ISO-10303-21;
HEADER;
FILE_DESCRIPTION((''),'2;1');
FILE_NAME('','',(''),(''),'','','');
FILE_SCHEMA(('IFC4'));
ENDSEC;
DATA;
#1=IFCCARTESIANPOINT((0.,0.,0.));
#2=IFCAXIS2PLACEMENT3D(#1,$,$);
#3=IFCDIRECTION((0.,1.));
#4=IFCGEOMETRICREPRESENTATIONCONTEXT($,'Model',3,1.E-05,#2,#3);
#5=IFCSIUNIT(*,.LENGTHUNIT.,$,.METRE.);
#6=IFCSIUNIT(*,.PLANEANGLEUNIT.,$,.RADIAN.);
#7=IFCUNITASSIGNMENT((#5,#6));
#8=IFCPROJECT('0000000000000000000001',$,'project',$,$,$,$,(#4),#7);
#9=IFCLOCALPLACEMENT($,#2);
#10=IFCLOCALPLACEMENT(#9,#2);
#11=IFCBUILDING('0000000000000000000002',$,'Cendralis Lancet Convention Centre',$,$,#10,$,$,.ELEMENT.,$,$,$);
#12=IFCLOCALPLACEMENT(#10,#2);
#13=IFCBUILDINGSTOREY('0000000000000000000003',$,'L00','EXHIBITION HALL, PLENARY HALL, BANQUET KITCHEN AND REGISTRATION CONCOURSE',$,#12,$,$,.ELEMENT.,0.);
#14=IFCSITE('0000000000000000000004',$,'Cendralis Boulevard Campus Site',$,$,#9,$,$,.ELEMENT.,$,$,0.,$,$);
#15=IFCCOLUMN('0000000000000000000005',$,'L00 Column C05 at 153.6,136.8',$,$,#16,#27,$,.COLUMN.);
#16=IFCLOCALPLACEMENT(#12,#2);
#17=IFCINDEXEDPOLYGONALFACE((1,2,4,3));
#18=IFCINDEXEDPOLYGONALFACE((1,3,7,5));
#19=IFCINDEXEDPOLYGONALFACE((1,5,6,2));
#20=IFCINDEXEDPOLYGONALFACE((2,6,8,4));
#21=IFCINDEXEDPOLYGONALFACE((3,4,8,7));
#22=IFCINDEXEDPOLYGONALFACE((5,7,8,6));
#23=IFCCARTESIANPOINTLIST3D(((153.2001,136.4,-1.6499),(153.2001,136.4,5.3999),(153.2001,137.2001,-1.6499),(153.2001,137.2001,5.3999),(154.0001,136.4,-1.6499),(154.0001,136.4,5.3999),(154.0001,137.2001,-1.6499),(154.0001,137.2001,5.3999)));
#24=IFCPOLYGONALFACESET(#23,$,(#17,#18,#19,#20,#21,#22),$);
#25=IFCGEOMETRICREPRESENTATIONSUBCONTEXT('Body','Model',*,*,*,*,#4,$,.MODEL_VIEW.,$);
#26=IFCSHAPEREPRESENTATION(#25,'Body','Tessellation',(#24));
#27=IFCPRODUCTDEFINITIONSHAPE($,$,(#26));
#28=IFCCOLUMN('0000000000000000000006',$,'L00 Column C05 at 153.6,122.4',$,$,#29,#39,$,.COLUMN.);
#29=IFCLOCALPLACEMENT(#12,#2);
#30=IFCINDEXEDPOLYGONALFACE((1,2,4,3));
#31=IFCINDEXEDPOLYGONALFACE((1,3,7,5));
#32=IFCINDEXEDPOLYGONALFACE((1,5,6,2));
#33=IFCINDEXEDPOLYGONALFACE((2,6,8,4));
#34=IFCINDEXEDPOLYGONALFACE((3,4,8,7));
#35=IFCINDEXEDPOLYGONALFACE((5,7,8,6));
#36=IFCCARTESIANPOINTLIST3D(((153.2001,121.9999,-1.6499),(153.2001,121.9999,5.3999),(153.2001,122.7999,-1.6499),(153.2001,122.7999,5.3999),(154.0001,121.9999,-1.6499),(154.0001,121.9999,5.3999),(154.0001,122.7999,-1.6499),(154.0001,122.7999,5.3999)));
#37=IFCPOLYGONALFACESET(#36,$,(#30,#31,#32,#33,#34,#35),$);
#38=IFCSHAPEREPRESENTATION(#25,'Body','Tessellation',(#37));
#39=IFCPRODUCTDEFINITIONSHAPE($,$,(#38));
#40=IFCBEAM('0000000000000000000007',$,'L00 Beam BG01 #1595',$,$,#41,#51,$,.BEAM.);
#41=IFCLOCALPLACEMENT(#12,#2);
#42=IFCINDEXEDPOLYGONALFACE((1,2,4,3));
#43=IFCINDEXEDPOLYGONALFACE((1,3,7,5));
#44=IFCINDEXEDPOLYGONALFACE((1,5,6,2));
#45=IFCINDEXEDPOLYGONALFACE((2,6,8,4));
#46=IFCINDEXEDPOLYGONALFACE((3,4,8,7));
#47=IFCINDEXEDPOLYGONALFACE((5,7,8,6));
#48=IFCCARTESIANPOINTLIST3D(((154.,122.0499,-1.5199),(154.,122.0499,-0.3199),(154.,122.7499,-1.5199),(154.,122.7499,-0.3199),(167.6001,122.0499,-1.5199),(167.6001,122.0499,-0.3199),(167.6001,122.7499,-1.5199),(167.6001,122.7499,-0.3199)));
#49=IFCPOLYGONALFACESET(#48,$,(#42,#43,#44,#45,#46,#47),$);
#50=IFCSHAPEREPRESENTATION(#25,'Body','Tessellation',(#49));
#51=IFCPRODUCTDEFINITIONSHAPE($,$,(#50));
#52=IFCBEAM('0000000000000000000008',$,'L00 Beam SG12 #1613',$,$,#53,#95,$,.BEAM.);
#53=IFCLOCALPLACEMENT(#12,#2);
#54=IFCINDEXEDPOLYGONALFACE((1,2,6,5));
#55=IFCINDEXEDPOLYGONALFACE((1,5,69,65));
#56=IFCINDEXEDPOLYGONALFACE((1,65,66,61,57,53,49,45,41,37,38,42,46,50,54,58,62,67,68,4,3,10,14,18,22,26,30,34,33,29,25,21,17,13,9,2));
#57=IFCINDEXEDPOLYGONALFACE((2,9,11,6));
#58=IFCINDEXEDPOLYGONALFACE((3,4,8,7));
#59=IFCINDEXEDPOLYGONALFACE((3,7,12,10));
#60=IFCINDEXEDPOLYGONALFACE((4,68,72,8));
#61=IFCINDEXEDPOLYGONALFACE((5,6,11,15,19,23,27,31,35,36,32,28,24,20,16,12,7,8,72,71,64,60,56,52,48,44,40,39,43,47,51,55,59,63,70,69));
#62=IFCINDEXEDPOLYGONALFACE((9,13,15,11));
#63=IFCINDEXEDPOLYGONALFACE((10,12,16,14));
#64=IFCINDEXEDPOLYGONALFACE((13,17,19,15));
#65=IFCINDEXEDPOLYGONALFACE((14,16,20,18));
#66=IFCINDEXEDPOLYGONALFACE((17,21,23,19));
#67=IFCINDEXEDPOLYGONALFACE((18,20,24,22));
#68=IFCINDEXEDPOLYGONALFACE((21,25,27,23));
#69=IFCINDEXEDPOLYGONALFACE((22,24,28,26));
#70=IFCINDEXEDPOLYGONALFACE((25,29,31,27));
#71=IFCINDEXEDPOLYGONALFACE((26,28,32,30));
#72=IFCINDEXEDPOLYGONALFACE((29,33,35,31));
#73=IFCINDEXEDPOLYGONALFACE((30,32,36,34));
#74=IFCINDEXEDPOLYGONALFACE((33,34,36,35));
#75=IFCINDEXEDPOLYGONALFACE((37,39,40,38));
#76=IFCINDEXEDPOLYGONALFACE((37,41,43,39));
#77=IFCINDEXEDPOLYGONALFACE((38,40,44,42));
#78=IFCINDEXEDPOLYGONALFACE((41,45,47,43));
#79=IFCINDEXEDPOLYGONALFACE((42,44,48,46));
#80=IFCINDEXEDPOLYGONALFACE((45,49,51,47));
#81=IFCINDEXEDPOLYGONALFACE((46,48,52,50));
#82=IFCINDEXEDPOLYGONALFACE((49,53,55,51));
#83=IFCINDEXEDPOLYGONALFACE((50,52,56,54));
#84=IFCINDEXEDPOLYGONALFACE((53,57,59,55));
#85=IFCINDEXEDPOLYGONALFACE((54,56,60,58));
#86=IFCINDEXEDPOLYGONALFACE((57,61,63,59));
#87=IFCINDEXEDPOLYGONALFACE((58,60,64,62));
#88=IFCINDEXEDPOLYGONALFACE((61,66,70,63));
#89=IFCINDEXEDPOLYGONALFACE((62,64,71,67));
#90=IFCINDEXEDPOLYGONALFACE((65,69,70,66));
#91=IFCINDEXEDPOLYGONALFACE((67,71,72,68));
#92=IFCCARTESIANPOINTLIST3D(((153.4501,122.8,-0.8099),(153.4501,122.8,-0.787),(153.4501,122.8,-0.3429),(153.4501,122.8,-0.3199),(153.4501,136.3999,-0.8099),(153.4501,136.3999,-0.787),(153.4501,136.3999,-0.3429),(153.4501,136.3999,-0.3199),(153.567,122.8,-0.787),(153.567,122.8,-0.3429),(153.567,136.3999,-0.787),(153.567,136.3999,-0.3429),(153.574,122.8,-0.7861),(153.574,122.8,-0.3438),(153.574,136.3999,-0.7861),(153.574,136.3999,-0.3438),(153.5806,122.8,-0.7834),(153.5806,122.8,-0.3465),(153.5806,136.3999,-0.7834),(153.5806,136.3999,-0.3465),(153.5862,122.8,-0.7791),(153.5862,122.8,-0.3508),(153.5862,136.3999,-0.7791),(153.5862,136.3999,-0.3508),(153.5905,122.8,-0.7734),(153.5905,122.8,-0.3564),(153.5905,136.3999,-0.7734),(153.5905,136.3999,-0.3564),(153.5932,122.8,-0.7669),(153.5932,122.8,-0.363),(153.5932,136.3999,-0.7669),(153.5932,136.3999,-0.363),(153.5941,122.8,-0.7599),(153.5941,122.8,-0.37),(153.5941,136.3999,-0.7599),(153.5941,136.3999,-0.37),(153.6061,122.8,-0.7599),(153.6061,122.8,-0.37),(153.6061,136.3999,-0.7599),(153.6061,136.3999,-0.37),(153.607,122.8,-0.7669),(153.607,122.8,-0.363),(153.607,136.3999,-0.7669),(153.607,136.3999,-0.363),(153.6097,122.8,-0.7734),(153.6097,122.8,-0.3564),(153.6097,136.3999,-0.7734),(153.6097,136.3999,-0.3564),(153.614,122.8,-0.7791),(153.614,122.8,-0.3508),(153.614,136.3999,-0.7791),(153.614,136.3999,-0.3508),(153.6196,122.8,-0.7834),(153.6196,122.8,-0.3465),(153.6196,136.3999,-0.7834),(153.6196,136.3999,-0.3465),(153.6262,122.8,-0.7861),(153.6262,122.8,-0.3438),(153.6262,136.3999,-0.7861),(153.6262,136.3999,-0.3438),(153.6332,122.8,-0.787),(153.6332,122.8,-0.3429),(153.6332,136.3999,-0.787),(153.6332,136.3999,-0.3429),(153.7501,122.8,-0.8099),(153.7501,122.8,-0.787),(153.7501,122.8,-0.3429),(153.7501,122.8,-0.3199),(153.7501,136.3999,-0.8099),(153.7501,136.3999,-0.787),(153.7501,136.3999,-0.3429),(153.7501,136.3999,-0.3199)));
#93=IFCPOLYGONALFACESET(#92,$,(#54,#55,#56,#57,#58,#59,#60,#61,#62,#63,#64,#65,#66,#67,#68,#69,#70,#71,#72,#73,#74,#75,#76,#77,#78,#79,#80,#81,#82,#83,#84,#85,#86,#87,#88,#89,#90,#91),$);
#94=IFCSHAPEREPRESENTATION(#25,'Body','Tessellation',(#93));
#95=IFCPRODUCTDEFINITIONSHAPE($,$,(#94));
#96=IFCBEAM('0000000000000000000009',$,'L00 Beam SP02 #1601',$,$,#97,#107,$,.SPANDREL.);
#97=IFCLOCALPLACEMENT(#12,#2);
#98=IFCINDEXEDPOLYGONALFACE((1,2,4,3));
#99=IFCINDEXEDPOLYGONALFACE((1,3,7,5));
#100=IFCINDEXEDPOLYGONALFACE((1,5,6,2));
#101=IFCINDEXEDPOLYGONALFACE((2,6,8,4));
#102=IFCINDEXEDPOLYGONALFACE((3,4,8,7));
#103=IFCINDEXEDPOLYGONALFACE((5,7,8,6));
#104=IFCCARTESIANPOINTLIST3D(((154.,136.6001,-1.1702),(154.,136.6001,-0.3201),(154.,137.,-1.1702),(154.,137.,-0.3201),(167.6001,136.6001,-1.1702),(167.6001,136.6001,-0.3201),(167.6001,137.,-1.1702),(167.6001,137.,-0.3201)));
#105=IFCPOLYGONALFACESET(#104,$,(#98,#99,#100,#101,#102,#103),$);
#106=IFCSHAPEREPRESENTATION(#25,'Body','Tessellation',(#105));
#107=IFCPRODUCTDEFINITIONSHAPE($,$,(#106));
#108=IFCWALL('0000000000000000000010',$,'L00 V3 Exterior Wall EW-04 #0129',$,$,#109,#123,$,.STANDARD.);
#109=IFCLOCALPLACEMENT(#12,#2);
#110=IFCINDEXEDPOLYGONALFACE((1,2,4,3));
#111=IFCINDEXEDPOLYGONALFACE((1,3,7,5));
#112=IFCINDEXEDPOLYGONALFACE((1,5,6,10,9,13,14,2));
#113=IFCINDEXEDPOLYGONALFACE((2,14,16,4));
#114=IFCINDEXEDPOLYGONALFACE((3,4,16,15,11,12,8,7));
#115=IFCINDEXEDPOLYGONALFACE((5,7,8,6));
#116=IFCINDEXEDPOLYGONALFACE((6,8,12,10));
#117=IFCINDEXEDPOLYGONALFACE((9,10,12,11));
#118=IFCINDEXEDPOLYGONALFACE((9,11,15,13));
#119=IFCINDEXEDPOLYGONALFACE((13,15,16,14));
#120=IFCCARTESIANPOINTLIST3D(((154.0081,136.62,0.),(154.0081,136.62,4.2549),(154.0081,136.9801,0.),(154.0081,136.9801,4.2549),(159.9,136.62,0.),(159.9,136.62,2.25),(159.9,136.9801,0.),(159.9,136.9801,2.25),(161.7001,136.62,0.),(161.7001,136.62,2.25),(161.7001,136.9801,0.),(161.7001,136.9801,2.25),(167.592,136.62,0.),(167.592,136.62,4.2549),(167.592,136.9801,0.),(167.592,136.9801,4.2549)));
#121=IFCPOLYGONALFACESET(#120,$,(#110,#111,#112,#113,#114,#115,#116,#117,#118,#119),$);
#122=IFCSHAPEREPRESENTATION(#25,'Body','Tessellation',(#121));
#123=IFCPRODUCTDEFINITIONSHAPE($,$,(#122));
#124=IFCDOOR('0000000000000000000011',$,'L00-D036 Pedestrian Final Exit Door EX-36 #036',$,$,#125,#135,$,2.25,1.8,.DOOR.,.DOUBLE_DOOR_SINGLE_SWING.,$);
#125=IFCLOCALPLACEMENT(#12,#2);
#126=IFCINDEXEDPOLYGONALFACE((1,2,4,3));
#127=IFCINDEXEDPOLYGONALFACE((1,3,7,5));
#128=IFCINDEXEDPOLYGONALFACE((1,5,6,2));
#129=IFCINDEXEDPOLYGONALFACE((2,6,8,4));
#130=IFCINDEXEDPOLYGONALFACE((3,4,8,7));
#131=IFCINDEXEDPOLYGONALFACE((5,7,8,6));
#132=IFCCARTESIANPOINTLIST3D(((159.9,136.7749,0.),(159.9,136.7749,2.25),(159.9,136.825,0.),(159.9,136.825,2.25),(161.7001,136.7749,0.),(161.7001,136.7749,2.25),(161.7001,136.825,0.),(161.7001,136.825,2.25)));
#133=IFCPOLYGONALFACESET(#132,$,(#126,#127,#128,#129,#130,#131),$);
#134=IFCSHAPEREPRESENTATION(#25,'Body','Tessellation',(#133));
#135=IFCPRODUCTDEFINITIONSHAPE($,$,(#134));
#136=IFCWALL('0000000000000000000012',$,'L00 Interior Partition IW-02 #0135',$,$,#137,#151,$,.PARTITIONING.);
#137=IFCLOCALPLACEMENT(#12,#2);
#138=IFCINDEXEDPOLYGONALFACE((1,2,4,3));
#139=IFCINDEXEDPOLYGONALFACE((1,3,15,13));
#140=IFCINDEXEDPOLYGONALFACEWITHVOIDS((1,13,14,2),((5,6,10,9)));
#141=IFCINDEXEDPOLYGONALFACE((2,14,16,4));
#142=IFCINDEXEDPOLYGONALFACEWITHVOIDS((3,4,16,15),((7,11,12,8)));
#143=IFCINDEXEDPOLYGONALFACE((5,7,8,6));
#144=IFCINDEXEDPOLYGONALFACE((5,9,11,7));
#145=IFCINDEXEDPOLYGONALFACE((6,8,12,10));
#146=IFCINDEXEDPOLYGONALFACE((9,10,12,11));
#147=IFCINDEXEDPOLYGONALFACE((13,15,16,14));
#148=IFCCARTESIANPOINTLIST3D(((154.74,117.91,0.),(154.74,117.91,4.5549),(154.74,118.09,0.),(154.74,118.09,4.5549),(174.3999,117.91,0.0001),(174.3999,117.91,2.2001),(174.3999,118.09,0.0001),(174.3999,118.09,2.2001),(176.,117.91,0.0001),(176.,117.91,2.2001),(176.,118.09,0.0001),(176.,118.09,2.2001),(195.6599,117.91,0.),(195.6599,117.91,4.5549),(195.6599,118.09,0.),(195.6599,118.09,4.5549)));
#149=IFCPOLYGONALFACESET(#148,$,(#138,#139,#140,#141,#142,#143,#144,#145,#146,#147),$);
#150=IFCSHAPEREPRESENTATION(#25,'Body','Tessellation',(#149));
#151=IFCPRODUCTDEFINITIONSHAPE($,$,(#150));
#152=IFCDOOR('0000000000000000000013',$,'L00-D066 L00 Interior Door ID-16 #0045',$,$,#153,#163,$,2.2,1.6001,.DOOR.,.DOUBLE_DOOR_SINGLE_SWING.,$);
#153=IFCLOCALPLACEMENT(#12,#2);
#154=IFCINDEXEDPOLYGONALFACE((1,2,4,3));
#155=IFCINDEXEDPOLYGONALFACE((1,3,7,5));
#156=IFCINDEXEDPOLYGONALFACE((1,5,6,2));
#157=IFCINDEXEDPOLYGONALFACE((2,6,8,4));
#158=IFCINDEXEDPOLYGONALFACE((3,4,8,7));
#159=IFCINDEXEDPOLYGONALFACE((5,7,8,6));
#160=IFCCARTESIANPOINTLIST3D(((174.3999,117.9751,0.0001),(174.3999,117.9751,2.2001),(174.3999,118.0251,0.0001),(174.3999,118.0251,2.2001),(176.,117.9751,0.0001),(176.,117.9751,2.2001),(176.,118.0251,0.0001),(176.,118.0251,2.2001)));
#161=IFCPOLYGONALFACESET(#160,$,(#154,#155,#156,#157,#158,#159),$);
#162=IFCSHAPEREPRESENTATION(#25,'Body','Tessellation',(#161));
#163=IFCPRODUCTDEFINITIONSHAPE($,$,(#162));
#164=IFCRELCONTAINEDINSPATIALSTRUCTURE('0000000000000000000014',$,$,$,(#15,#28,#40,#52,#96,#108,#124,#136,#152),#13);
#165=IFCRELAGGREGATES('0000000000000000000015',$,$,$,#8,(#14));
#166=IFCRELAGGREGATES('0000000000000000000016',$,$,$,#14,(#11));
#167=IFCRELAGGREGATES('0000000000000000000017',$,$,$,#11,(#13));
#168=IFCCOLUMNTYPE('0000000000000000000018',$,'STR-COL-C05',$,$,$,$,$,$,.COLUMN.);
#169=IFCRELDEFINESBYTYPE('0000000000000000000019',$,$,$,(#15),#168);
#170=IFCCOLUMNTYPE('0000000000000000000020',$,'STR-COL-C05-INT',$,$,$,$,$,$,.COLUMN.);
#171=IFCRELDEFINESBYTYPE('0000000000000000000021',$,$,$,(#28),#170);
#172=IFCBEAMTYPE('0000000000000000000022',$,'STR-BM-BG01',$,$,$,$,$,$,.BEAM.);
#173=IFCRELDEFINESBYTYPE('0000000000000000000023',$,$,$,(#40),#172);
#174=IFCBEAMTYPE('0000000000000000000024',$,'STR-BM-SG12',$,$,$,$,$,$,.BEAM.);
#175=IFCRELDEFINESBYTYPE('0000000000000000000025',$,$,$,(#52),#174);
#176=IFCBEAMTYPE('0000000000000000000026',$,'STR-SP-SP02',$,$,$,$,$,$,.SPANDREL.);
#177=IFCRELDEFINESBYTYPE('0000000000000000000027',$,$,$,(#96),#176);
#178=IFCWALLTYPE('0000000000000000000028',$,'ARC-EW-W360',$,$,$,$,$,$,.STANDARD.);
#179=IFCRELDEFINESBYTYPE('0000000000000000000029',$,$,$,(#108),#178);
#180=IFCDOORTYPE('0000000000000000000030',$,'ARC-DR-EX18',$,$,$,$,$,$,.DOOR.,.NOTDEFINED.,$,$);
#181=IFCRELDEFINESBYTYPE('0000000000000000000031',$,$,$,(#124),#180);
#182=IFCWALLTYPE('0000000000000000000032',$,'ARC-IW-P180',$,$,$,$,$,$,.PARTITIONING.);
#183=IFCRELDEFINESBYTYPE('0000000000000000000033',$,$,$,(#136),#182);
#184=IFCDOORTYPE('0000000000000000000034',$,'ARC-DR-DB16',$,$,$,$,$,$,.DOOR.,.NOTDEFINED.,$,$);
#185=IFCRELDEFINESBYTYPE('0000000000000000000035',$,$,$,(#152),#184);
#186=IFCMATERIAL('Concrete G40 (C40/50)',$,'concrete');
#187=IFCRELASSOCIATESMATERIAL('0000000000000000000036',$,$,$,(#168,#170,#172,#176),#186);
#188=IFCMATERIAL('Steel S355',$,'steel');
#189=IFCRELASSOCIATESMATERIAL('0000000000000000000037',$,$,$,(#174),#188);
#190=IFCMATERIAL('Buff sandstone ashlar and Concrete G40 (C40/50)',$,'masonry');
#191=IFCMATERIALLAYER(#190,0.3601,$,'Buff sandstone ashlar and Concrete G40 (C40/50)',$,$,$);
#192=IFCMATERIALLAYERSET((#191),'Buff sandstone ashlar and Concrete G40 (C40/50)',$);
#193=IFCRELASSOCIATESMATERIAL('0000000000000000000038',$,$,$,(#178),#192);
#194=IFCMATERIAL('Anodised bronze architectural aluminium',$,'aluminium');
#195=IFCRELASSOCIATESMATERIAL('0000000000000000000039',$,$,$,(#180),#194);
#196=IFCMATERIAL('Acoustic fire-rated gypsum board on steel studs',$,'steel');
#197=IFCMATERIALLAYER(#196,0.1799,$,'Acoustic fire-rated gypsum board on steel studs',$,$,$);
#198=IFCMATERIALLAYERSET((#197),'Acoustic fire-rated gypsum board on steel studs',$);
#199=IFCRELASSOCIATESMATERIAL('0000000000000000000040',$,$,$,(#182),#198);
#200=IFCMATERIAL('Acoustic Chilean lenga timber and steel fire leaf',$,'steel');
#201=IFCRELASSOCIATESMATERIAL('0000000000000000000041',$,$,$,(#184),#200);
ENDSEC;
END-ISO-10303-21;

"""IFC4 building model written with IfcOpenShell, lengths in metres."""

from ifc_helpers import new_model, si_unit, direction, frame, frame_2d, origin, origin_2d, place, context, subcontext, project, spatial, rectangle, i_section, extrude, material, layer, layer_set, material_profile, profile_set, type_object, element, fill, save


model = new_model("IFC4")

# Units and contexts
model_context = context("Model", 3, precision=1e-05, world=origin(), true_north=direction((0.0, 1.0)))
body_context = subcontext(model_context, "Body", "Model", "MODEL_VIEW")
ifc_project = project(units=[si_unit("LENGTHUNIT", "METRE"), si_unit("PLANEANGLEUNIT", "RADIAN")], contexts=[model_context])

# Site, building, storey
site_placement = place(None, origin())
site = spatial("IfcSite", under=ifc_project, at=site_placement, Name="Cendralis Boulevard Campus Site", CompositionType="ELEMENT", RefElevation=0.0)
building_placement = place(site_placement, origin())
building = spatial("IfcBuilding", under=site, at=building_placement, Name="Cendralis Lancet Convention Centre", CompositionType="ELEMENT")
storey_placement = place(building_placement, origin())
storey = spatial("IfcBuildingStorey", under=building, at=storey_placement, Name="L00", Description="EXHIBITION HALL, PLENARY HALL, BANQUET KITCHEN AND REGISTRATION CONCOURSE", CompositionType="ELEMENT", Elevation=0.0)

# Columns
ifc_material_1 = material(Name="Concrete G40 (C40/50)", Category="concrete")
ifc_material_profile_1 = material_profile(ifc_material_1, rectangle(XDim=0.8, YDim=0.8, at=origin_2d()), Name="RC 800x800")
ifc_profile_set_1 = profile_set([ifc_material_profile_1], Name="Concrete G40 (C40/50)")
column_type_1 = type_object("IfcColumnType", Name="STR-COL-C05", PredefinedType="COLUMN", material=ifc_profile_set_1)
column_1_placement = place(storey_placement, frame((153.6001, 136.8, -1.6499), z_axis=(0.0, 0.0, 1.0), x_axis=(1.0, 0.0, 0.0)))
element("IfcColumn", 1, at=column_1_placement, inside=storey, type_object=column_type_1, Name="L00 Column C05 at 153.6,136.8", PredefinedType="COLUMN", context=body_context, shape_type="SweptSolid", body=[
    extrude(rectangle(XDim=0.8, YDim=0.8, at=origin_2d()), origin(), (0.0, 0.0, 1.0), 7.0498),
])
ifc_material_profile_2 = material_profile(ifc_material_1, rectangle(XDim=0.8, YDim=0.8, at=origin_2d()), Name="RC 800x800")
ifc_profile_set_2 = profile_set([ifc_material_profile_2], Name="Concrete G40 (C40/50)")
column_type_2 = type_object("IfcColumnType", Name="STR-COL-C05-INT", PredefinedType="COLUMN", material=ifc_profile_set_2)
column_2_placement = place(storey_placement, frame((153.6001, 122.3999, -1.6499), z_axis=(0.0, 0.0, 1.0), x_axis=(1.0, 0.0, 0.0)))
element("IfcColumn", 2, at=column_2_placement, inside=storey, type_object=column_type_2, Name="L00 Column C05 at 153.6,122.4", PredefinedType="COLUMN", context=body_context, shape_type="SweptSolid", body=[
    extrude(rectangle(XDim=0.8, YDim=0.8, at=origin_2d()), origin(), (0.0, 0.0, 1.0), 7.0498),
])

# Beams
ifc_material_profile_3 = material_profile(ifc_material_1, rectangle(XDim=0.7, YDim=1.2, at=origin_2d()), Name="RCB 700x1200")
ifc_profile_set_3 = profile_set([ifc_material_profile_3], Name="Concrete G40 (C40/50)")
beam_type_1 = type_object("IfcBeamType", Name="STR-BM-BG01", PredefinedType="BEAM", material=ifc_profile_set_3)
beam_1_placement = place(storey_placement, frame((154.0, 122.3999, -0.9199), z_axis=(1.0, 0.0, 0.0), x_axis=(0.0, 1.0, 0.0)))
element("IfcBeam", 3, at=beam_1_placement, inside=storey, type_object=beam_type_1, Name="L00 Beam BG01 #1595", PredefinedType="BEAM", context=body_context, shape_type="SweptSolid", body=[
    extrude(rectangle(XDim=0.7, YDim=1.2, at=origin_2d()), origin(), (0.0, 0.0, 1.0), 13.6001),
])
ifc_material_2 = material(Name="Steel S355", Category="steel")
ifc_material_profile_4 = material_profile(ifc_material_2, i_section(OverallWidth=0.3, OverallDepth=0.49, WebThickness=0.012, FlangeThickness=0.0229, FilletRadius=0.0271, at=origin_2d()), Name="HEA 500")
ifc_profile_set_4 = profile_set([ifc_material_profile_4], Name="Steel S355")
beam_type_2 = type_object("IfcBeamType", Name="STR-BM-SG12", PredefinedType="BEAM", material=ifc_profile_set_4)
beam_2_placement = place(storey_placement, frame((153.6001, 122.8, -0.5649), z_axis=(0.0, 1.0, 0.0), x_axis=(-1.0, 0.0, 0.0)))
element("IfcBeam", 4, at=beam_2_placement, inside=storey, type_object=beam_type_2, Name="L00 Beam SG12 #1613", PredefinedType="BEAM", context=body_context, shape_type="SweptSolid", body=[
    extrude(i_section(OverallWidth=0.3, OverallDepth=0.49, WebThickness=0.012, FlangeThickness=0.0229, FilletRadius=0.0271, at=origin_2d()), origin(), (0.0, 0.0, 1.0), 13.5999),
])
ifc_material_profile_5 = material_profile(ifc_material_1, rectangle(XDim=0.3999, YDim=0.8501, at=origin_2d()), Name="RCB 400x850")
ifc_profile_set_5 = profile_set([ifc_material_profile_5], Name="Concrete G40 (C40/50)")
beam_type_3 = type_object("IfcBeamType", Name="STR-SP-SP02", PredefinedType="SPANDREL", material=ifc_profile_set_5)
beam_3_placement = place(storey_placement, frame((154.0, 136.8, -0.7451), z_axis=(1.0, 0.0, 0.0), x_axis=(0.0, 1.0, 0.0)))
element("IfcBeam", 5, at=beam_3_placement, inside=storey, type_object=beam_type_3, Name="L00 Beam SP02 #1601", PredefinedType="SPANDREL", context=body_context, shape_type="SweptSolid", body=[
    extrude(rectangle(XDim=0.3999, YDim=0.8501, at=origin_2d()), origin(), (0.0, 0.0, 1.0), 13.6001),
])

# Walls, openings, doors
ifc_material_3 = material(Name="Buff sandstone ashlar and Concrete G40 (C40/50)", Category="masonry")
ifc_layer_1 = layer(ifc_material_3, 0.3601, Name="Buff sandstone ashlar and Concrete G40 (C40/50)")
ifc_layer_set_1 = layer_set([ifc_layer_1], Name="Buff sandstone ashlar and Concrete G40 (C40/50)")
wall_type_1 = type_object("IfcWallType", Name="ARC-EW-W360", PredefinedType="STANDARD", material=ifc_layer_set_1)
wall_1_placement = place(storey_placement, frame((154.0081, 136.8, 0.0), z_axis=(0.0, 0.0, 1.0), x_axis=(1.0, 0.0, 0.0)))
wall_1 = element("IfcWall", 6, at=wall_1_placement, inside=storey, type_object=wall_type_1, Name="L00 V3 Exterior Wall EW-04 #0129", PredefinedType="STANDARD", context=body_context, shape_type="SweptSolid", body=[
    extrude(rectangle(XDim=13.584, YDim=0.3601, at=frame_2d((6.792, 0.0))), origin(), (0.0, 0.0, 1.0), 4.2549),
])
opening_1_placement = place(wall_1_placement, frame((5.8921, 0.0, 0.0)))
opening_1 = element("IfcOpeningElement", 7, at=opening_1_placement, cuts=wall_1, PredefinedType="OPENING", context=body_context, shape_type="SweptSolid", body=[
    extrude(rectangle(XDim=1.8, YDim=2.25, at=frame_2d((0.8999, 1.125))), frame((0.0, 0.1899, 0.0), z_axis=(0.0, -1.0, 0.0), x_axis=(1.0, 0.0, 0.0)), (0.0, 0.0, 1.0), 0.3801),
])
ifc_material_4 = material(Name="Anodised bronze architectural aluminium", Category="aluminium")
door_type_1 = type_object("IfcDoorType", Name="ARC-DR-EX18", OperationType="NOTDEFINED", PredefinedType="DOOR", material=ifc_material_4)
door_1_placement = place(opening_1_placement, origin())
door_1 = element("IfcDoor", 8, at=door_1_placement, inside=storey, type_object=door_type_1, Name="L00-D036 Pedestrian Final Exit Door EX-36 #036", OperationType="DOUBLE_DOOR_SINGLE_SWING", OverallHeight=2.25, OverallWidth=1.8, PredefinedType="DOOR", context=body_context, shape_type="SweptSolid", body=[
    extrude(rectangle(XDim=1.8, YDim=2.25, at=frame_2d((0.8999, 1.125))), frame((0.0, 0.0249, 0.0), z_axis=(0.0, -1.0, 0.0), x_axis=(1.0, 0.0, 0.0)), (0.0, 0.0, 1.0), 0.05),
])
fill(opening_1, door_1)
ifc_material_5 = material(Name="Acoustic fire-rated gypsum board on steel studs", Category="steel")
ifc_layer_2 = layer(ifc_material_5, 0.1799, Name="Acoustic fire-rated gypsum board on steel studs")
ifc_layer_set_2 = layer_set([ifc_layer_2], Name="Acoustic fire-rated gypsum board on steel studs")
wall_type_2 = type_object("IfcWallType", Name="ARC-IW-P180", PredefinedType="PARTITIONING", material=ifc_layer_set_2)
wall_2_placement = place(storey_placement, frame((154.74, 118.0, 0.0), z_axis=(0.0, 0.0, 1.0), x_axis=(1.0, 0.0, 0.0)))
wall_2 = element("IfcWall", 9, at=wall_2_placement, inside=storey, type_object=wall_type_2, Name="L00 Interior Partition IW-02 #0135", PredefinedType="PARTITIONING", context=body_context, shape_type="SweptSolid", body=[
    extrude(rectangle(XDim=40.9199, YDim=0.1799, at=frame_2d((20.46, 0.0))), origin(), (0.0, 0.0, 1.0), 4.5549),
])
opening_2_placement = place(wall_2_placement, frame((19.6599, 0.0, 0.0)))
opening_2 = element("IfcOpeningElement", 10, at=opening_2_placement, cuts=wall_2, PredefinedType="OPENING", context=body_context, shape_type="SweptSolid", body=[
    extrude(rectangle(XDim=1.6001, YDim=2.2, at=frame_2d((0.8, 1.1001))), frame((0.0, 0.0999, 0.0), z_axis=(0.0, -1.0, 0.0), x_axis=(1.0, 0.0, 0.0)), (0.0, 0.0, 1.0), 0.2),
])
ifc_material_6 = material(Name="Acoustic Chilean lenga timber and steel fire leaf", Category="steel")
door_type_2 = type_object("IfcDoorType", Name="ARC-DR-DB16", OperationType="NOTDEFINED", PredefinedType="DOOR", material=ifc_material_6)
door_2_placement = place(opening_2_placement, frame((1.6001, 0.0, 0.0), z_axis=(0.0, 0.0, 1.0), x_axis=(-1.0, 0.0, 0.0)))
door_2 = element("IfcDoor", 11, at=door_2_placement, inside=storey, type_object=door_type_2, Name="L00-D066 L00 Interior Door ID-16 #0045", OperationType="DOUBLE_DOOR_SINGLE_SWING", OverallHeight=2.2, OverallWidth=1.6001, PredefinedType="DOOR", context=body_context, shape_type="SweptSolid", body=[
    extrude(rectangle(XDim=1.6001, YDim=2.2, at=frame_2d((0.8, 1.1001))), frame((0.0, 0.0249, 0.0), z_axis=(0.0, -1.0, 0.0), x_axis=(1.0, 0.0, 0.0)), (0.0, 0.0, 1.0), 0.05),
])
fill(opening_2, door_2)

save(model, "model.ifc")
